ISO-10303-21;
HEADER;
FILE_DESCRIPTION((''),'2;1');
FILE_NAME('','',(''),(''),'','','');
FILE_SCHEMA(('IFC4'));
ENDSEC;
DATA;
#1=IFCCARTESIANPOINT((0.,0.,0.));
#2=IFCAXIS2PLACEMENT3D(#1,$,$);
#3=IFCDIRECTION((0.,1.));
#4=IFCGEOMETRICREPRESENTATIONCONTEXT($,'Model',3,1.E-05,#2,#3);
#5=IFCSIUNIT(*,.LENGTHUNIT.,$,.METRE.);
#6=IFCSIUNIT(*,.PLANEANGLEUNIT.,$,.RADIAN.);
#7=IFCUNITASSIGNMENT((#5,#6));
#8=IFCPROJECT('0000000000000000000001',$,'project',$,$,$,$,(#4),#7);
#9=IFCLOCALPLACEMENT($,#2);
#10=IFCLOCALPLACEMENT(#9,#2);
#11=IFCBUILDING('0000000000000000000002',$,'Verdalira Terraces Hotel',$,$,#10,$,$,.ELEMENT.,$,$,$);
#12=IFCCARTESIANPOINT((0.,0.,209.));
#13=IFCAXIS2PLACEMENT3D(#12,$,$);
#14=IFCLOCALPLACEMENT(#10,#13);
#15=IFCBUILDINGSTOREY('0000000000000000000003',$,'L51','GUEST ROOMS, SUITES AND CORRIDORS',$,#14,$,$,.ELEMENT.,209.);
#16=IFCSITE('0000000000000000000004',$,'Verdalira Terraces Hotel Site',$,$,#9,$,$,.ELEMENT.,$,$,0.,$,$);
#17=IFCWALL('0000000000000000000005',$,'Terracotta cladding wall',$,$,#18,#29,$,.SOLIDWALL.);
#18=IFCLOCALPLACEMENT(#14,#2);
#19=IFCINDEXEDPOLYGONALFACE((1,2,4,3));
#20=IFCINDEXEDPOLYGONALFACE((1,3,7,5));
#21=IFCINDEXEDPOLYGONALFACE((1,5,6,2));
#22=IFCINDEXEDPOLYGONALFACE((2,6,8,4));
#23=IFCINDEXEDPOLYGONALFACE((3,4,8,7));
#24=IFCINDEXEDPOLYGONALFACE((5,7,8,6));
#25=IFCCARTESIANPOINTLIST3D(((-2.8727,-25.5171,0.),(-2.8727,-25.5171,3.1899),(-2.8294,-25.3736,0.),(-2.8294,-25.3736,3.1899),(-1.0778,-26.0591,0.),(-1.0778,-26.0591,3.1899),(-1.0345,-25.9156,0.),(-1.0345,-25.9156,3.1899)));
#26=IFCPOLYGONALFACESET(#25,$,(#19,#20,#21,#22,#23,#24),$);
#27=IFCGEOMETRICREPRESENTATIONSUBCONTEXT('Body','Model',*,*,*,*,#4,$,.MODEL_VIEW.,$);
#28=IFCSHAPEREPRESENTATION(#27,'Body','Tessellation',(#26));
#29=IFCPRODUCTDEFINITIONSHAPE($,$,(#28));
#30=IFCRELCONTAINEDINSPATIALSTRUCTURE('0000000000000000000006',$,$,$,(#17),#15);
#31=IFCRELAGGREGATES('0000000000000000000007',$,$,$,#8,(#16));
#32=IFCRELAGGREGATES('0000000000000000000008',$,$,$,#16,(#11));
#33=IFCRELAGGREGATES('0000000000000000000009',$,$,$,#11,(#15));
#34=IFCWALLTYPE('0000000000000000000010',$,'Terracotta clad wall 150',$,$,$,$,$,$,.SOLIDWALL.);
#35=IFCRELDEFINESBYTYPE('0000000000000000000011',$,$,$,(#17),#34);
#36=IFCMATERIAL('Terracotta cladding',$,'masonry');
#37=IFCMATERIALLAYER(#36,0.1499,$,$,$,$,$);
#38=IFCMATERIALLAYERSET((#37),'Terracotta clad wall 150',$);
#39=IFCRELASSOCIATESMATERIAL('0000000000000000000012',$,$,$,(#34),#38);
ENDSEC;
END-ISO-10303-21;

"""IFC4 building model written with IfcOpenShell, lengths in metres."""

from ifc_helpers import new_model, si_unit, direction, frame, frame_2d, origin, place, context, subcontext, project, spatial, rectangle, extrude, material, layer, layer_set, type_object, element, save


model = new_model("IFC4")

# Units and contexts
model_context = context("Model", 3, precision=1e-05, world=origin(), true_north=direction((0.0, 1.0)))
body_context = subcontext(model_context, "Body", "Model", "MODEL_VIEW")
ifc_project = project(units=[si_unit("LENGTHUNIT", "METRE"), si_unit("PLANEANGLEUNIT", "RADIAN")], contexts=[model_context])

# Site, building, storey
site_placement = place(None, origin())
site = spatial("IfcSite", under=ifc_project, at=site_placement, Name="Verdalira Terraces Hotel Site", CompositionType="ELEMENT", RefElevation=0.0)
building_placement = place(site_placement, origin())
building = spatial("IfcBuilding", under=site, at=building_placement, Name="Verdalira Terraces Hotel", CompositionType="ELEMENT")
storey_placement = place(building_placement, frame((0.0, 0.0, 209.0)))
storey = spatial("IfcBuildingStorey", under=building, at=storey_placement, Name="L51", Description="GUEST ROOMS, SUITES AND CORRIDORS", CompositionType="ELEMENT", Elevation=209.0)

# Wall
ifc_material_1 = material(Name="Terracotta cladding", Category="masonry")
ifc_layer_1 = layer(ifc_material_1, 0.1499)
ifc_layer_set_1 = layer_set([ifc_layer_1], Name="Terracotta clad wall 150")
wall_type_1 = type_object("IfcWallType", Name="Terracotta clad wall 150", PredefinedType="SOLIDWALL", material=ifc_layer_set_1)
for number, where, z_axis, x_axis, name in (
    (1, (-2.8511, -25.4453, 0.0), (0.0, 0.0, 1.0), (0.957309, -0.289068, 0.0), "Terracotta cladding wall"),
):
    element("IfcWall", number, at=place(storey_placement, frame(where, z_axis=z_axis, x_axis=x_axis)), inside=storey, type_object=wall_type_1, Name=name, PredefinedType="SOLIDWALL", context=body_context, shape_type="SweptSolid", body=[
        extrude(rectangle(XDim=1.875, YDim=0.1499, at=frame_2d((0.9375, 0.0))), origin(), (0.0, 0.0, 1.0), 3.1899),
    ])

save(model, "model.ifc")
